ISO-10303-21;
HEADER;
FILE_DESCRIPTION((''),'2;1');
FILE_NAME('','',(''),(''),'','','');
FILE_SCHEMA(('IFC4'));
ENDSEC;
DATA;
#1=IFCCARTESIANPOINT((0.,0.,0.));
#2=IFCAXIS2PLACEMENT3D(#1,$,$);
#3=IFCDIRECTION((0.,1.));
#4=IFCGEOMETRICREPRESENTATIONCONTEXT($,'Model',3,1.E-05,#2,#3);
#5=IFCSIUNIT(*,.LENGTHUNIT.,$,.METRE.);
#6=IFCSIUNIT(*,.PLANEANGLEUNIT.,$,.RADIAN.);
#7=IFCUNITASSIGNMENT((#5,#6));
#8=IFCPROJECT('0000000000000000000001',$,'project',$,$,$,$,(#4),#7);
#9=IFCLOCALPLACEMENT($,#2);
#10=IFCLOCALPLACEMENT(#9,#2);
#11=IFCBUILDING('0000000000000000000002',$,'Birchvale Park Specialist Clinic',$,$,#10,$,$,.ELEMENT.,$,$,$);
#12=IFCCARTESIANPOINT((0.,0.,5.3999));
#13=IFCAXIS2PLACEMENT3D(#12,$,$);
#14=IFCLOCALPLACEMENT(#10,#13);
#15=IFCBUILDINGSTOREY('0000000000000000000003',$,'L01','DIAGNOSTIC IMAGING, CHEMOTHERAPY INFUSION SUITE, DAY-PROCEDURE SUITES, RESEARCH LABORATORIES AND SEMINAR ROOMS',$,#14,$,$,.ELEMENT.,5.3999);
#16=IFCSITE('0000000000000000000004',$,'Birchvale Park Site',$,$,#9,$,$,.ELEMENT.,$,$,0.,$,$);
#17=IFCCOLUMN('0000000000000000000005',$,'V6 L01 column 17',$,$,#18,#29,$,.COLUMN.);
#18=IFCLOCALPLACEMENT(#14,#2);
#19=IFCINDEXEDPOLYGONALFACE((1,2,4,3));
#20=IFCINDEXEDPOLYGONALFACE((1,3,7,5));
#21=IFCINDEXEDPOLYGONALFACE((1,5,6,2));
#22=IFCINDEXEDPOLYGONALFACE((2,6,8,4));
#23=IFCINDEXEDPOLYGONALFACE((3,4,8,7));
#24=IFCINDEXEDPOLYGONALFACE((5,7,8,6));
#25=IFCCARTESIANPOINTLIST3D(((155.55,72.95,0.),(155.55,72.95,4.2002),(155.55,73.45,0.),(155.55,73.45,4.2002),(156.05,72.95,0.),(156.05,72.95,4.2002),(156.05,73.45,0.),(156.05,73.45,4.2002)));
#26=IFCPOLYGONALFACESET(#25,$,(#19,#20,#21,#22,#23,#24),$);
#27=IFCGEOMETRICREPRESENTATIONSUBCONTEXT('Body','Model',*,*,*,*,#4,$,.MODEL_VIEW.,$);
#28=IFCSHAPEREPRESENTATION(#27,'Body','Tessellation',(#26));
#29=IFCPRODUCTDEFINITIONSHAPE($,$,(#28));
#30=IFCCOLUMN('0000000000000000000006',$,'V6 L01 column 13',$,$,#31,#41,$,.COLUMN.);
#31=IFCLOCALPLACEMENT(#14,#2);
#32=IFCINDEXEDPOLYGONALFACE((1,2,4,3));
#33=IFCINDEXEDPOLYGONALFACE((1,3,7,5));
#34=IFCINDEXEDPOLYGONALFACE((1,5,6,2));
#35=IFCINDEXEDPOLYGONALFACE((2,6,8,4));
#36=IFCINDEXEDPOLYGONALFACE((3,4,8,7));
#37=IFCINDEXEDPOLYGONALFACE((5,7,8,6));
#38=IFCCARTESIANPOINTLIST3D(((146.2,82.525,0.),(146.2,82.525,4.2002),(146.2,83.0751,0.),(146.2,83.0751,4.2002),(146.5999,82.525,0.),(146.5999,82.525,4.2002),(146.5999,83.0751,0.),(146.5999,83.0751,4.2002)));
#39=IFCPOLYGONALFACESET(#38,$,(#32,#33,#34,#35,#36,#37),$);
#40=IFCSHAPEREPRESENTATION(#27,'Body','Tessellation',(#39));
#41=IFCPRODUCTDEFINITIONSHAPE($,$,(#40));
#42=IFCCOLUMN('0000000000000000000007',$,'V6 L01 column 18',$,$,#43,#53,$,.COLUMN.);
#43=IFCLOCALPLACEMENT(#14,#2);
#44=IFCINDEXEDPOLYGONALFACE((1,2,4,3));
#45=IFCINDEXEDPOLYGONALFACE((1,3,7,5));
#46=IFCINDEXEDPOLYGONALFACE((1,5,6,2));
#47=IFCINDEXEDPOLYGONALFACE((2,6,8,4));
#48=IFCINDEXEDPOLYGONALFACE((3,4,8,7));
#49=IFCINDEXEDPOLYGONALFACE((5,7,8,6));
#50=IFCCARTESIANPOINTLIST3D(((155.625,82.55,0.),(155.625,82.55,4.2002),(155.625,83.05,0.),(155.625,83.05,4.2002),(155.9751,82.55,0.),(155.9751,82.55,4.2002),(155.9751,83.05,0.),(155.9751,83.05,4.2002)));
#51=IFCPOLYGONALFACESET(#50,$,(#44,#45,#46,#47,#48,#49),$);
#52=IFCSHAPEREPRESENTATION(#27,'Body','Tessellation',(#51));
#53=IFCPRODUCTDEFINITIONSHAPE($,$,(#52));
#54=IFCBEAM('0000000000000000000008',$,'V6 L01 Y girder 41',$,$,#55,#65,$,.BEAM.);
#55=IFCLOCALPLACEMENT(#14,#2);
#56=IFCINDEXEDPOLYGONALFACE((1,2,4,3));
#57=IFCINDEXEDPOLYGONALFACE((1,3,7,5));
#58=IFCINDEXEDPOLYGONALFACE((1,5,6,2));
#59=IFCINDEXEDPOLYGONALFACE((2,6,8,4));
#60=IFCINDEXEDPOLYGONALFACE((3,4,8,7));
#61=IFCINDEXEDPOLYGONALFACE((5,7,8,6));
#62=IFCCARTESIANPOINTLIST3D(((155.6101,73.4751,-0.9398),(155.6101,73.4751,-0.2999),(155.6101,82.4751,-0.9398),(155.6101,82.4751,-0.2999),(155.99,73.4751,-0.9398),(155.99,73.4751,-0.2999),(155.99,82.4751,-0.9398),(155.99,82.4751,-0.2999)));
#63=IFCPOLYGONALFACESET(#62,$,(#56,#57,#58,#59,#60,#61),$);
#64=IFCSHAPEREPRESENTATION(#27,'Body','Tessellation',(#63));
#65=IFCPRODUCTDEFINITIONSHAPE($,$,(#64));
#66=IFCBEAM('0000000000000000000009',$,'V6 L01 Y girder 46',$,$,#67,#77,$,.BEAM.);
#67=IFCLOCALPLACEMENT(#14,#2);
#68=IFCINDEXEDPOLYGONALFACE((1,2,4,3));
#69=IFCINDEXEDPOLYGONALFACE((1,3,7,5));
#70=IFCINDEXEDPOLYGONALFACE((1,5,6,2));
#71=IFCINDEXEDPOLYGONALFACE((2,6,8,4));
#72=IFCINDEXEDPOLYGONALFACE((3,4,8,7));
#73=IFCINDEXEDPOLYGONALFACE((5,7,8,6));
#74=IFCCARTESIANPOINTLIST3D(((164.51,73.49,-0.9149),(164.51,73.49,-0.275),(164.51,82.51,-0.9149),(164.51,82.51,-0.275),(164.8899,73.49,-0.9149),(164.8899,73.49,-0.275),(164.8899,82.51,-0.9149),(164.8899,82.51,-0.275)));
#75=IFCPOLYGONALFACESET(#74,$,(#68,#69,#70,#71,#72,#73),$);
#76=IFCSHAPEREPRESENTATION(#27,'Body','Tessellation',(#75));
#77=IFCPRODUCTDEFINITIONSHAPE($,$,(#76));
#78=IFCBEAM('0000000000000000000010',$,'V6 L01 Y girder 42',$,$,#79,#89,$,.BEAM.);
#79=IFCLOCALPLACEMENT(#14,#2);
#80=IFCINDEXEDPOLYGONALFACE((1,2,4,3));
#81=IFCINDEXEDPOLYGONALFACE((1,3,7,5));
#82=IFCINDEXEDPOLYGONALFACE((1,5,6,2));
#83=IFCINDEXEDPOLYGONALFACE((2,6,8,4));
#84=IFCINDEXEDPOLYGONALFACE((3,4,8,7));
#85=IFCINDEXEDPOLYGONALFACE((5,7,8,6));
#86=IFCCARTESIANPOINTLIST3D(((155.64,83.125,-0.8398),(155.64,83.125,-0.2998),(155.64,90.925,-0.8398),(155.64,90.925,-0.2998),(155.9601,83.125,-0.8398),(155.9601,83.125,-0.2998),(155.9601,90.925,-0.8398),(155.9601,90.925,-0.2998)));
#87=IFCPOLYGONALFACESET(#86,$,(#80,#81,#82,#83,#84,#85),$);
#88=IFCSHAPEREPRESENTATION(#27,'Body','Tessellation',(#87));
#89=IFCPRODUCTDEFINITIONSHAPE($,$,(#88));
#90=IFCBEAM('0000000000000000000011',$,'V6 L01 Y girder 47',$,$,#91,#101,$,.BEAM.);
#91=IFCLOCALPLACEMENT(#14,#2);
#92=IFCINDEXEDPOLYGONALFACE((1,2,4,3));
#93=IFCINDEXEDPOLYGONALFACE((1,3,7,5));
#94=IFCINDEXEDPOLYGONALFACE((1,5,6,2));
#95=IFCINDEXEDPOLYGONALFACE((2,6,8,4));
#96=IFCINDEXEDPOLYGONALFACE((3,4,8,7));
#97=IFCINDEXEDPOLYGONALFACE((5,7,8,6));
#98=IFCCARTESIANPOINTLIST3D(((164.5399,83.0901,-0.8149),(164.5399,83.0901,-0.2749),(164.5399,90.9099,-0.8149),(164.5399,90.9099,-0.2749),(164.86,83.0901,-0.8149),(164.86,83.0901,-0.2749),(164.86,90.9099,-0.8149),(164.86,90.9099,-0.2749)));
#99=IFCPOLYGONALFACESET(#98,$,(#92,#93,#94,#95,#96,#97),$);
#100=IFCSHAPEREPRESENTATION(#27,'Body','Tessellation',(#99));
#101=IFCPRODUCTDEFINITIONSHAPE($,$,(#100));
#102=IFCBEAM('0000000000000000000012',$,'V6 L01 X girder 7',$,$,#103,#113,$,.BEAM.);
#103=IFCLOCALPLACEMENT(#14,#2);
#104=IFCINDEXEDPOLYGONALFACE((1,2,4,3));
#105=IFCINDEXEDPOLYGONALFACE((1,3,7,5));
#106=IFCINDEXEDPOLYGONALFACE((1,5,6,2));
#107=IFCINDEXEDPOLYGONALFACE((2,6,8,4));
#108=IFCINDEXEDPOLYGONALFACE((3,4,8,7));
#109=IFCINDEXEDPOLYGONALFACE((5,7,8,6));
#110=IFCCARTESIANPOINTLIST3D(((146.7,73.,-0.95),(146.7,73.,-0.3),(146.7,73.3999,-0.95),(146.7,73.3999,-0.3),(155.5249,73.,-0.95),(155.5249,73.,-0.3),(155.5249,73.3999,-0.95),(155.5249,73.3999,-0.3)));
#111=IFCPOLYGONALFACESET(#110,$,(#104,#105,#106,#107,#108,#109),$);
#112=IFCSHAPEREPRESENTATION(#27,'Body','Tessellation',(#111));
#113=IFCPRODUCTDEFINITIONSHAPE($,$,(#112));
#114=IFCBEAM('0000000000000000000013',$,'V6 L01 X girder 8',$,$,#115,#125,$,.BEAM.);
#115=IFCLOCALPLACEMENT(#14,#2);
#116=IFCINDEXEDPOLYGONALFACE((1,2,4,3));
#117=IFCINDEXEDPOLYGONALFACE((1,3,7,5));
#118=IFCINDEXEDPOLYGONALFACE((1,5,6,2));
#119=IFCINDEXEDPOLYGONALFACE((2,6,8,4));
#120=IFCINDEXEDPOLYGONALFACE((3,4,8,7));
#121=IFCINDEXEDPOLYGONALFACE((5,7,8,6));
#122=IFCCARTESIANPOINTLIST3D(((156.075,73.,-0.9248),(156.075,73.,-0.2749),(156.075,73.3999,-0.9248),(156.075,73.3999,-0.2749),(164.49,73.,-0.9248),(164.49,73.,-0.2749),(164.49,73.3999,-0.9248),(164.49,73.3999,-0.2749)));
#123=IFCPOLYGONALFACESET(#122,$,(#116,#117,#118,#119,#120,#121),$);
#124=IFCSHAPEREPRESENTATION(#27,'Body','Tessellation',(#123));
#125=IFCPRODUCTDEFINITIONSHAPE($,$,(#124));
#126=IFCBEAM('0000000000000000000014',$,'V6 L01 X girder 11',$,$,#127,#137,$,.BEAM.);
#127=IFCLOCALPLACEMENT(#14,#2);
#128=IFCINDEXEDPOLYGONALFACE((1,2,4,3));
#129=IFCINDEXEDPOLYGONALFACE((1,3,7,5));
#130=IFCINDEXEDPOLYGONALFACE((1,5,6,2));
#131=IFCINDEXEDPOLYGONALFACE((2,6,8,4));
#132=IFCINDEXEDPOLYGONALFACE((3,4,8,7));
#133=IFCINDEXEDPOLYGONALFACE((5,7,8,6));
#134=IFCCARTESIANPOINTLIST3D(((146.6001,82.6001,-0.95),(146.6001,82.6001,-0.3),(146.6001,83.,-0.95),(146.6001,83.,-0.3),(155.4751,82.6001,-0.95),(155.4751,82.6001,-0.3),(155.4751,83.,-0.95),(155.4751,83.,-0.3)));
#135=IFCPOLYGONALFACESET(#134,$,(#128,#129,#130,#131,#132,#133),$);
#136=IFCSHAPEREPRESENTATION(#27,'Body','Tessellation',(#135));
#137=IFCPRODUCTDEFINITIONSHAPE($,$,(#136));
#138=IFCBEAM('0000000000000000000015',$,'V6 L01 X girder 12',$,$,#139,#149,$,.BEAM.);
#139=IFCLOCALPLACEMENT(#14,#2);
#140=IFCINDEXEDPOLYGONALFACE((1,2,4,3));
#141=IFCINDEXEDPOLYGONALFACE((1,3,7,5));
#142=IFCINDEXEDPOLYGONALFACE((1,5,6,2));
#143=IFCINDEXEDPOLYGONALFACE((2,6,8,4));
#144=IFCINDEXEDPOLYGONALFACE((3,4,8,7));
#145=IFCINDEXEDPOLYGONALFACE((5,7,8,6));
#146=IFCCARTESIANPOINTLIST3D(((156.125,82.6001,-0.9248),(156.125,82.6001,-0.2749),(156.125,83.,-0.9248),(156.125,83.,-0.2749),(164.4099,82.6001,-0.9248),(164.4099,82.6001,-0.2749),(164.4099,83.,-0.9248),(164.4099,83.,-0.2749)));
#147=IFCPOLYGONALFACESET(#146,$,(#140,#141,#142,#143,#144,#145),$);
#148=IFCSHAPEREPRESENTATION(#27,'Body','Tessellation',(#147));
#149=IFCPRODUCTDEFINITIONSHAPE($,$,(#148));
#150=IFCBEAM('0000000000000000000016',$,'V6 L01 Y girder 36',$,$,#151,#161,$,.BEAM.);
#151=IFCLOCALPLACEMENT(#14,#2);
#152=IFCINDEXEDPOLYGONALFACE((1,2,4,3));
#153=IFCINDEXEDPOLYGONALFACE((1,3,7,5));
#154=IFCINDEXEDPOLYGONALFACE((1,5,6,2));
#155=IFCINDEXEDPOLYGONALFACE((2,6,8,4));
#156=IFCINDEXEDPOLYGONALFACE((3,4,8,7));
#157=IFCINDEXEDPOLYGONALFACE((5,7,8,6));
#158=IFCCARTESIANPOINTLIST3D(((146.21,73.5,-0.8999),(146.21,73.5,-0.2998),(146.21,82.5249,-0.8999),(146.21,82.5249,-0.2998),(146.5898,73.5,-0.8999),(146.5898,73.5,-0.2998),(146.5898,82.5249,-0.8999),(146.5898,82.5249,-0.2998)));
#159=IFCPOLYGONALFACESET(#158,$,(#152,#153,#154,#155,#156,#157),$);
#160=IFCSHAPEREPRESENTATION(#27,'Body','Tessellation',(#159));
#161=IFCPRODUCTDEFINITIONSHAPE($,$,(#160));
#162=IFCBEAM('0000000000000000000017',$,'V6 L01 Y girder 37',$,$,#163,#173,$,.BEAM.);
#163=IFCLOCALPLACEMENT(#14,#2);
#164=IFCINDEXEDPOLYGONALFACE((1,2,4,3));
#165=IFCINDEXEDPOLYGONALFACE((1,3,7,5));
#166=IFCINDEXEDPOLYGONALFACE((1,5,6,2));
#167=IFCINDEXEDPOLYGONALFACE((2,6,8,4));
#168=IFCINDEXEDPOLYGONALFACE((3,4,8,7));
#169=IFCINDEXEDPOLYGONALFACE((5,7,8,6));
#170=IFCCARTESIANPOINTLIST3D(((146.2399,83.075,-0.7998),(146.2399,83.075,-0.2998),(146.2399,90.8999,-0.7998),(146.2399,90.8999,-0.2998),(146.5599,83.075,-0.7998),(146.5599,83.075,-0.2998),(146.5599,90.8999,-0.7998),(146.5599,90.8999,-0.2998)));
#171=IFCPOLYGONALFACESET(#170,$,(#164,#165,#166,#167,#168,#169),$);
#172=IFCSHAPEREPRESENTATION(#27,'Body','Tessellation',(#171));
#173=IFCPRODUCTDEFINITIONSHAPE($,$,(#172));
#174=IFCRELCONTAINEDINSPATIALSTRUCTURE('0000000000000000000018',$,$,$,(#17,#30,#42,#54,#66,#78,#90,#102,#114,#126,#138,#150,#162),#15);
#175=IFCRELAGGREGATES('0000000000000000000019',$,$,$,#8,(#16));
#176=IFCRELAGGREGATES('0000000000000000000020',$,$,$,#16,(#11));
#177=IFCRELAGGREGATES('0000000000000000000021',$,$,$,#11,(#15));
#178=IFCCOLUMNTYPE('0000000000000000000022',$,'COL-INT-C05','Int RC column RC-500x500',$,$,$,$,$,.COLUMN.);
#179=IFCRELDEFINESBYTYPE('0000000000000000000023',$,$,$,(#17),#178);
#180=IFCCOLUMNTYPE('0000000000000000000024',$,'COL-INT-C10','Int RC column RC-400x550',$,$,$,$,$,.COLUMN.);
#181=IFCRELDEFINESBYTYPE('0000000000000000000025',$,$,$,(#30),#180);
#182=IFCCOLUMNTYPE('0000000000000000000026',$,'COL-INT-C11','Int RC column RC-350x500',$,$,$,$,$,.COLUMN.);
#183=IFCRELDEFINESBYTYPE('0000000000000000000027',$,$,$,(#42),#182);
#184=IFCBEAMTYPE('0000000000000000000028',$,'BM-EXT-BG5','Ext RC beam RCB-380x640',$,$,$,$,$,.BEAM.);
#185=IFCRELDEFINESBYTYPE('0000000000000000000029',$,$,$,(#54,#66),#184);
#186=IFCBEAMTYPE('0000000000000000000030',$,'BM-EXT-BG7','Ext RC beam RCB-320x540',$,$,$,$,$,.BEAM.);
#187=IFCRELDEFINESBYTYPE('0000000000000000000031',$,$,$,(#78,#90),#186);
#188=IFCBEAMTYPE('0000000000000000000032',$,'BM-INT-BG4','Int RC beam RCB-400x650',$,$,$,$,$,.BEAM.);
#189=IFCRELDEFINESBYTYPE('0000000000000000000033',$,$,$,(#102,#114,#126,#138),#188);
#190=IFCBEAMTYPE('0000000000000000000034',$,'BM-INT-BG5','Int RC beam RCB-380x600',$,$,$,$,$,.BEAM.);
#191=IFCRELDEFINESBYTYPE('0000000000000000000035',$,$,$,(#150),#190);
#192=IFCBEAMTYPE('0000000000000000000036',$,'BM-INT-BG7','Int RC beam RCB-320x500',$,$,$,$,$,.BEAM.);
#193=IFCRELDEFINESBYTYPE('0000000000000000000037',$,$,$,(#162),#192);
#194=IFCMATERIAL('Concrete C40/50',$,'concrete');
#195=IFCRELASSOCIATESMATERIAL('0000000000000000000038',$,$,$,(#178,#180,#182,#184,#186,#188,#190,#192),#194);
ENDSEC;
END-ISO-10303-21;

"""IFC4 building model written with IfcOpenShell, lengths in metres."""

from ifc_helpers import new_model, si_unit, direction, frame, origin, origin_2d, place, context, subcontext, project, spatial, rectangle, extrude, material, material_profile, profile_set, type_object, element, save


model = new_model("IFC4")

# Units and contexts
model_context = context("Model", 3, precision=1e-05, world=origin(), true_north=direction((0.0, 1.0)))
body_context = subcontext(model_context, "Body", "Model", "MODEL_VIEW")
ifc_project = project(units=[si_unit("LENGTHUNIT", "METRE"), si_unit("PLANEANGLEUNIT", "RADIAN")], contexts=[model_context])

# Site, building, storey
site_placement = place(None, origin())
site = spatial("IfcSite", under=ifc_project, at=site_placement, Name="Birchvale Park Site", CompositionType="ELEMENT", RefElevation=0.0)
building_placement = place(site_placement, origin())
building = spatial("IfcBuilding", under=site, at=building_placement, Name="Birchvale Park Specialist Clinic", CompositionType="ELEMENT")
storey_placement = place(building_placement, frame((0.0, 0.0, 5.3999)))
storey = spatial("IfcBuildingStorey", under=building, at=storey_placement, Name="L01", Description="DIAGNOSTIC IMAGING, CHEMOTHERAPY INFUSION SUITE, DAY-PROCEDURE SUITES, RESEARCH LABORATORIES AND SEMINAR ROOMS", CompositionType="ELEMENT", Elevation=5.3999)

# Columns
ifc_material_1 = material(Name="Concrete C40/50", Category="concrete")
ifc_material_profile_1 = material_profile(ifc_material_1, rectangle(XDim=0.5, YDim=0.5, at=origin_2d()), Name="RC-500x500")
ifc_profile_set_1 = profile_set([ifc_material_profile_1], Name="Concrete C40/50")
column_type_1 = type_object("IfcColumnType", Name="COL-INT-C05", Description="Int RC column RC-500x500", PredefinedType="COLUMN", material=ifc_profile_set_1)
column_1_placement = place(storey_placement, frame((155.8, 73.2, 0.0), z_axis=(0.0, 0.0, 1.0), x_axis=(1.0, 0.0, 0.0)))
element("IfcColumn", 1, at=column_1_placement, inside=storey, type_object=column_type_1, Name="V6 L01 column 17", PredefinedType="COLUMN", context=body_context, shape_type="SweptSolid", body=[
    extrude(rectangle(XDim=0.5, YDim=0.5, at=origin_2d()), origin(), (0.0, 0.0, 1.0), 4.2002),
])
ifc_material_profile_2 = material_profile(ifc_material_1, rectangle(XDim=0.3999, YDim=0.55, at=origin_2d()), Name="RC-400x550")
ifc_profile_set_2 = profile_set([ifc_material_profile_2], Name="Concrete C40/50")
column_type_2 = type_object("IfcColumnType", Name="COL-INT-C10", Description="Int RC column RC-400x550", PredefinedType="COLUMN", material=ifc_profile_set_2)
column_2_placement = place(storey_placement, frame((146.3999, 82.8, 0.0), z_axis=(0.0, 0.0, 1.0), x_axis=(1.0, 0.0, 0.0)))
element("IfcColumn", 2, at=column_2_placement, inside=storey, type_object=column_type_2, Name="V6 L01 column 13", PredefinedType="COLUMN", context=body_context, shape_type="SweptSolid", body=[
    extrude(rectangle(XDim=0.3999, YDim=0.55, at=origin_2d()), origin(), (0.0, 0.0, 1.0), 4.2002),
])
ifc_material_profile_3 = material_profile(ifc_material_1, rectangle(XDim=0.3501, YDim=0.5, at=origin_2d()), Name="RC-350x500")
ifc_profile_set_3 = profile_set([ifc_material_profile_3], Name="Concrete C40/50")
column_type_3 = type_object("IfcColumnType", Name="COL-INT-C11", Description="Int RC column RC-350x500", PredefinedType="COLUMN", material=ifc_profile_set_3)
column_3_placement = place(storey_placement, frame((155.8, 82.8, 0.0), z_axis=(0.0, 0.0, 1.0), x_axis=(1.0, 0.0, 0.0)))
element("IfcColumn", 3, at=column_3_placement, inside=storey, type_object=column_type_3, Name="V6 L01 column 18", PredefinedType="COLUMN", context=body_context, shape_type="SweptSolid", body=[
    extrude(rectangle(XDim=0.3501, YDim=0.5, at=origin_2d()), origin(), (0.0, 0.0, 1.0), 4.2002),
])

# Beams
ifc_material_profile_4 = material_profile(ifc_material_1, rectangle(XDim=0.3799, YDim=0.6399, at=origin_2d()), Name="RCB-380x640")
ifc_profile_set_4 = profile_set([ifc_material_profile_4], Name="Concrete C40/50")
beam_type_1 = type_object("IfcBeamType", Name="BM-EXT-BG5", Description="Ext RC beam RCB-380x640", PredefinedType="BEAM", material=ifc_profile_set_4)
beam_1_placement = place(storey_placement, frame((155.8, 73.4751, -0.6199), z_axis=(0.0, 1.0, 0.0), x_axis=(-1.0, 0.0, 0.0)))
element("IfcBeam", 4, at=beam_1_placement, inside=storey, type_object=beam_type_1, Name="V6 L01 Y girder 41", PredefinedType="BEAM", context=body_context, shape_type="SweptSolid", body=[
    extrude(rectangle(XDim=0.3799, YDim=0.6399, at=origin_2d()), origin(), (0.0, 0.0, 1.0), 9.0),
])
beam_2_placement = place(storey_placement, frame((164.7, 73.49, -0.595), z_axis=(0.0, 1.0, 0.0), x_axis=(-1.0, 0.0, 0.0)))
element("IfcBeam", 5, at=beam_2_placement, inside=storey, type_object=beam_type_1, Name="V6 L01 Y girder 46", PredefinedType="BEAM", context=body_context, shape_type="SweptSolid", body=[
    extrude(rectangle(XDim=0.3799, YDim=0.6399, at=origin_2d()), origin(), (0.0, 0.0, 1.0), 9.02),
])
ifc_material_profile_5 = material_profile(ifc_material_1, rectangle(XDim=0.3201, YDim=0.54, at=origin_2d()), Name="RCB-320x540")
ifc_profile_set_5 = profile_set([ifc_material_profile_5], Name="Concrete C40/50")
beam_type_2 = type_object("IfcBeamType", Name="BM-EXT-BG7", Description="Ext RC beam RCB-320x540", PredefinedType="BEAM", material=ifc_profile_set_5)
beam_3_placement = place(storey_placement, frame((155.8, 83.125, -0.5698), z_axis=(0.0, 1.0, 0.0), x_axis=(-1.0, 0.0, 0.0)))
element("IfcBeam", 6, at=beam_3_placement, inside=storey, type_object=beam_type_2, Name="V6 L01 Y girder 42", PredefinedType="BEAM", context=body_context, shape_type="SweptSolid", body=[
    extrude(rectangle(XDim=0.3201, YDim=0.54, at=origin_2d()), origin(), (0.0, 0.0, 1.0), 7.8),
])
beam_4_placement = place(storey_placement, frame((164.7, 83.0901, -0.5449), z_axis=(0.0, 1.0, 0.0), x_axis=(-1.0, 0.0, 0.0)))
element("IfcBeam", 7, at=beam_4_placement, inside=storey, type_object=beam_type_2, Name="V6 L01 Y girder 47", PredefinedType="BEAM", context=body_context, shape_type="SweptSolid", body=[
    extrude(rectangle(XDim=0.3201, YDim=0.54, at=origin_2d()), origin(), (0.0, 0.0, 1.0), 7.8198),
])
ifc_material_profile_6 = material_profile(ifc_material_1, rectangle(XDim=0.3999, YDim=0.6499, at=origin_2d()), Name="RCB-400x650")
ifc_profile_set_6 = profile_set([ifc_material_profile_6], Name="Concrete C40/50")
beam_type_3 = type_object("IfcBeamType", Name="BM-INT-BG4", Description="Int RC beam RCB-400x650", PredefinedType="BEAM", material=ifc_profile_set_6)
beam_5_placement = place(storey_placement, frame((146.7, 73.2, -0.625), z_axis=(1.0, 0.0, 0.0), x_axis=(0.0, 1.0, 0.0)))
element("IfcBeam", 8, at=beam_5_placement, inside=storey, type_object=beam_type_3, Name="V6 L01 X girder 7", PredefinedType="BEAM", context=body_context, shape_type="SweptSolid", body=[
    extrude(rectangle(XDim=0.3999, YDim=0.6499, at=origin_2d()), origin(), (0.0, 0.0, 1.0), 8.825),
])
beam_6_placement = place(storey_placement, frame((156.075, 73.2, -0.5999), z_axis=(1.0, 0.0, 0.0), x_axis=(0.0, 1.0, 0.0)))
element("IfcBeam", 9, at=beam_6_placement, inside=storey, type_object=beam_type_3, Name="V6 L01 X girder 8", PredefinedType="BEAM", context=body_context, shape_type="SweptSolid", body=[
    extrude(rectangle(XDim=0.3999, YDim=0.6499, at=origin_2d()), origin(), (0.0, 0.0, 1.0), 8.415),
])
beam_7_placement = place(storey_placement, frame((146.6001, 82.8, -0.625), z_axis=(1.0, 0.0, 0.0), x_axis=(0.0, 1.0, 0.0)))
element("IfcBeam", 10, at=beam_7_placement, inside=storey, type_object=beam_type_3, Name="V6 L01 X girder 11", PredefinedType="BEAM", context=body_context, shape_type="SweptSolid", body=[
    extrude(rectangle(XDim=0.3999, YDim=0.6499, at=origin_2d()), origin(), (0.0, 0.0, 1.0), 8.875),
])
beam_8_placement = place(storey_placement, frame((156.125, 82.8, -0.5999), z_axis=(1.0, 0.0, 0.0), x_axis=(0.0, 1.0, 0.0)))
element("IfcBeam", 11, at=beam_8_placement, inside=storey, type_object=beam_type_3, Name="V6 L01 X girder 12", PredefinedType="BEAM", context=body_context, shape_type="SweptSolid", body=[
    extrude(rectangle(XDim=0.3999, YDim=0.6499, at=origin_2d()), origin(), (0.0, 0.0, 1.0), 8.2849),
])
ifc_material_profile_7 = material_profile(ifc_material_1, rectangle(XDim=0.3799, YDim=0.6001, at=origin_2d()), Name="RCB-380x600")
ifc_profile_set_7 = profile_set([ifc_material_profile_7], Name="Concrete C40/50")
beam_type_4 = type_object("IfcBeamType", Name="BM-INT-BG5", Description="Int RC beam RCB-380x600", PredefinedType="BEAM", material=ifc_profile_set_7)
beam_9_placement = place(storey_placement, frame((146.3999, 73.5, -0.5999), z_axis=(0.0, 1.0, 0.0), x_axis=(-1.0, 0.0, 0.0)))
element("IfcBeam", 12, at=beam_9_placement, inside=storey, type_object=beam_type_4, Name="V6 L01 Y girder 36", PredefinedType="BEAM", context=body_context, shape_type="SweptSolid", body=[
    extrude(rectangle(XDim=0.3799, YDim=0.6001, at=origin_2d()), origin(), (0.0, 0.0, 1.0), 9.0249),
])
ifc_material_profile_8 = material_profile(ifc_material_1, rectangle(XDim=0.3201, YDim=0.5, at=origin_2d()), Name="RCB-320x500")
ifc_profile_set_8 = profile_set([ifc_material_profile_8], Name="Concrete C40/50")
beam_type_5 = type_object("IfcBeamType", Name="BM-INT-BG7", Description="Int RC beam RCB-320x500", PredefinedType="BEAM", material=ifc_profile_set_8)
beam_10_placement = place(storey_placement, frame((146.3999, 83.075, -0.5498), z_axis=(0.0, 1.0, 0.0), x_axis=(-1.0, 0.0, 0.0)))
element("IfcBeam", 13, at=beam_10_placement, inside=storey, type_object=beam_type_5, Name="V6 L01 Y girder 37", PredefinedType="BEAM", context=body_context, shape_type="SweptSolid", body=[
    extrude(rectangle(XDim=0.3201, YDim=0.5, at=origin_2d()), origin(), (0.0, 0.0, 1.0), 7.825),
])

save(model, "model.ifc")
